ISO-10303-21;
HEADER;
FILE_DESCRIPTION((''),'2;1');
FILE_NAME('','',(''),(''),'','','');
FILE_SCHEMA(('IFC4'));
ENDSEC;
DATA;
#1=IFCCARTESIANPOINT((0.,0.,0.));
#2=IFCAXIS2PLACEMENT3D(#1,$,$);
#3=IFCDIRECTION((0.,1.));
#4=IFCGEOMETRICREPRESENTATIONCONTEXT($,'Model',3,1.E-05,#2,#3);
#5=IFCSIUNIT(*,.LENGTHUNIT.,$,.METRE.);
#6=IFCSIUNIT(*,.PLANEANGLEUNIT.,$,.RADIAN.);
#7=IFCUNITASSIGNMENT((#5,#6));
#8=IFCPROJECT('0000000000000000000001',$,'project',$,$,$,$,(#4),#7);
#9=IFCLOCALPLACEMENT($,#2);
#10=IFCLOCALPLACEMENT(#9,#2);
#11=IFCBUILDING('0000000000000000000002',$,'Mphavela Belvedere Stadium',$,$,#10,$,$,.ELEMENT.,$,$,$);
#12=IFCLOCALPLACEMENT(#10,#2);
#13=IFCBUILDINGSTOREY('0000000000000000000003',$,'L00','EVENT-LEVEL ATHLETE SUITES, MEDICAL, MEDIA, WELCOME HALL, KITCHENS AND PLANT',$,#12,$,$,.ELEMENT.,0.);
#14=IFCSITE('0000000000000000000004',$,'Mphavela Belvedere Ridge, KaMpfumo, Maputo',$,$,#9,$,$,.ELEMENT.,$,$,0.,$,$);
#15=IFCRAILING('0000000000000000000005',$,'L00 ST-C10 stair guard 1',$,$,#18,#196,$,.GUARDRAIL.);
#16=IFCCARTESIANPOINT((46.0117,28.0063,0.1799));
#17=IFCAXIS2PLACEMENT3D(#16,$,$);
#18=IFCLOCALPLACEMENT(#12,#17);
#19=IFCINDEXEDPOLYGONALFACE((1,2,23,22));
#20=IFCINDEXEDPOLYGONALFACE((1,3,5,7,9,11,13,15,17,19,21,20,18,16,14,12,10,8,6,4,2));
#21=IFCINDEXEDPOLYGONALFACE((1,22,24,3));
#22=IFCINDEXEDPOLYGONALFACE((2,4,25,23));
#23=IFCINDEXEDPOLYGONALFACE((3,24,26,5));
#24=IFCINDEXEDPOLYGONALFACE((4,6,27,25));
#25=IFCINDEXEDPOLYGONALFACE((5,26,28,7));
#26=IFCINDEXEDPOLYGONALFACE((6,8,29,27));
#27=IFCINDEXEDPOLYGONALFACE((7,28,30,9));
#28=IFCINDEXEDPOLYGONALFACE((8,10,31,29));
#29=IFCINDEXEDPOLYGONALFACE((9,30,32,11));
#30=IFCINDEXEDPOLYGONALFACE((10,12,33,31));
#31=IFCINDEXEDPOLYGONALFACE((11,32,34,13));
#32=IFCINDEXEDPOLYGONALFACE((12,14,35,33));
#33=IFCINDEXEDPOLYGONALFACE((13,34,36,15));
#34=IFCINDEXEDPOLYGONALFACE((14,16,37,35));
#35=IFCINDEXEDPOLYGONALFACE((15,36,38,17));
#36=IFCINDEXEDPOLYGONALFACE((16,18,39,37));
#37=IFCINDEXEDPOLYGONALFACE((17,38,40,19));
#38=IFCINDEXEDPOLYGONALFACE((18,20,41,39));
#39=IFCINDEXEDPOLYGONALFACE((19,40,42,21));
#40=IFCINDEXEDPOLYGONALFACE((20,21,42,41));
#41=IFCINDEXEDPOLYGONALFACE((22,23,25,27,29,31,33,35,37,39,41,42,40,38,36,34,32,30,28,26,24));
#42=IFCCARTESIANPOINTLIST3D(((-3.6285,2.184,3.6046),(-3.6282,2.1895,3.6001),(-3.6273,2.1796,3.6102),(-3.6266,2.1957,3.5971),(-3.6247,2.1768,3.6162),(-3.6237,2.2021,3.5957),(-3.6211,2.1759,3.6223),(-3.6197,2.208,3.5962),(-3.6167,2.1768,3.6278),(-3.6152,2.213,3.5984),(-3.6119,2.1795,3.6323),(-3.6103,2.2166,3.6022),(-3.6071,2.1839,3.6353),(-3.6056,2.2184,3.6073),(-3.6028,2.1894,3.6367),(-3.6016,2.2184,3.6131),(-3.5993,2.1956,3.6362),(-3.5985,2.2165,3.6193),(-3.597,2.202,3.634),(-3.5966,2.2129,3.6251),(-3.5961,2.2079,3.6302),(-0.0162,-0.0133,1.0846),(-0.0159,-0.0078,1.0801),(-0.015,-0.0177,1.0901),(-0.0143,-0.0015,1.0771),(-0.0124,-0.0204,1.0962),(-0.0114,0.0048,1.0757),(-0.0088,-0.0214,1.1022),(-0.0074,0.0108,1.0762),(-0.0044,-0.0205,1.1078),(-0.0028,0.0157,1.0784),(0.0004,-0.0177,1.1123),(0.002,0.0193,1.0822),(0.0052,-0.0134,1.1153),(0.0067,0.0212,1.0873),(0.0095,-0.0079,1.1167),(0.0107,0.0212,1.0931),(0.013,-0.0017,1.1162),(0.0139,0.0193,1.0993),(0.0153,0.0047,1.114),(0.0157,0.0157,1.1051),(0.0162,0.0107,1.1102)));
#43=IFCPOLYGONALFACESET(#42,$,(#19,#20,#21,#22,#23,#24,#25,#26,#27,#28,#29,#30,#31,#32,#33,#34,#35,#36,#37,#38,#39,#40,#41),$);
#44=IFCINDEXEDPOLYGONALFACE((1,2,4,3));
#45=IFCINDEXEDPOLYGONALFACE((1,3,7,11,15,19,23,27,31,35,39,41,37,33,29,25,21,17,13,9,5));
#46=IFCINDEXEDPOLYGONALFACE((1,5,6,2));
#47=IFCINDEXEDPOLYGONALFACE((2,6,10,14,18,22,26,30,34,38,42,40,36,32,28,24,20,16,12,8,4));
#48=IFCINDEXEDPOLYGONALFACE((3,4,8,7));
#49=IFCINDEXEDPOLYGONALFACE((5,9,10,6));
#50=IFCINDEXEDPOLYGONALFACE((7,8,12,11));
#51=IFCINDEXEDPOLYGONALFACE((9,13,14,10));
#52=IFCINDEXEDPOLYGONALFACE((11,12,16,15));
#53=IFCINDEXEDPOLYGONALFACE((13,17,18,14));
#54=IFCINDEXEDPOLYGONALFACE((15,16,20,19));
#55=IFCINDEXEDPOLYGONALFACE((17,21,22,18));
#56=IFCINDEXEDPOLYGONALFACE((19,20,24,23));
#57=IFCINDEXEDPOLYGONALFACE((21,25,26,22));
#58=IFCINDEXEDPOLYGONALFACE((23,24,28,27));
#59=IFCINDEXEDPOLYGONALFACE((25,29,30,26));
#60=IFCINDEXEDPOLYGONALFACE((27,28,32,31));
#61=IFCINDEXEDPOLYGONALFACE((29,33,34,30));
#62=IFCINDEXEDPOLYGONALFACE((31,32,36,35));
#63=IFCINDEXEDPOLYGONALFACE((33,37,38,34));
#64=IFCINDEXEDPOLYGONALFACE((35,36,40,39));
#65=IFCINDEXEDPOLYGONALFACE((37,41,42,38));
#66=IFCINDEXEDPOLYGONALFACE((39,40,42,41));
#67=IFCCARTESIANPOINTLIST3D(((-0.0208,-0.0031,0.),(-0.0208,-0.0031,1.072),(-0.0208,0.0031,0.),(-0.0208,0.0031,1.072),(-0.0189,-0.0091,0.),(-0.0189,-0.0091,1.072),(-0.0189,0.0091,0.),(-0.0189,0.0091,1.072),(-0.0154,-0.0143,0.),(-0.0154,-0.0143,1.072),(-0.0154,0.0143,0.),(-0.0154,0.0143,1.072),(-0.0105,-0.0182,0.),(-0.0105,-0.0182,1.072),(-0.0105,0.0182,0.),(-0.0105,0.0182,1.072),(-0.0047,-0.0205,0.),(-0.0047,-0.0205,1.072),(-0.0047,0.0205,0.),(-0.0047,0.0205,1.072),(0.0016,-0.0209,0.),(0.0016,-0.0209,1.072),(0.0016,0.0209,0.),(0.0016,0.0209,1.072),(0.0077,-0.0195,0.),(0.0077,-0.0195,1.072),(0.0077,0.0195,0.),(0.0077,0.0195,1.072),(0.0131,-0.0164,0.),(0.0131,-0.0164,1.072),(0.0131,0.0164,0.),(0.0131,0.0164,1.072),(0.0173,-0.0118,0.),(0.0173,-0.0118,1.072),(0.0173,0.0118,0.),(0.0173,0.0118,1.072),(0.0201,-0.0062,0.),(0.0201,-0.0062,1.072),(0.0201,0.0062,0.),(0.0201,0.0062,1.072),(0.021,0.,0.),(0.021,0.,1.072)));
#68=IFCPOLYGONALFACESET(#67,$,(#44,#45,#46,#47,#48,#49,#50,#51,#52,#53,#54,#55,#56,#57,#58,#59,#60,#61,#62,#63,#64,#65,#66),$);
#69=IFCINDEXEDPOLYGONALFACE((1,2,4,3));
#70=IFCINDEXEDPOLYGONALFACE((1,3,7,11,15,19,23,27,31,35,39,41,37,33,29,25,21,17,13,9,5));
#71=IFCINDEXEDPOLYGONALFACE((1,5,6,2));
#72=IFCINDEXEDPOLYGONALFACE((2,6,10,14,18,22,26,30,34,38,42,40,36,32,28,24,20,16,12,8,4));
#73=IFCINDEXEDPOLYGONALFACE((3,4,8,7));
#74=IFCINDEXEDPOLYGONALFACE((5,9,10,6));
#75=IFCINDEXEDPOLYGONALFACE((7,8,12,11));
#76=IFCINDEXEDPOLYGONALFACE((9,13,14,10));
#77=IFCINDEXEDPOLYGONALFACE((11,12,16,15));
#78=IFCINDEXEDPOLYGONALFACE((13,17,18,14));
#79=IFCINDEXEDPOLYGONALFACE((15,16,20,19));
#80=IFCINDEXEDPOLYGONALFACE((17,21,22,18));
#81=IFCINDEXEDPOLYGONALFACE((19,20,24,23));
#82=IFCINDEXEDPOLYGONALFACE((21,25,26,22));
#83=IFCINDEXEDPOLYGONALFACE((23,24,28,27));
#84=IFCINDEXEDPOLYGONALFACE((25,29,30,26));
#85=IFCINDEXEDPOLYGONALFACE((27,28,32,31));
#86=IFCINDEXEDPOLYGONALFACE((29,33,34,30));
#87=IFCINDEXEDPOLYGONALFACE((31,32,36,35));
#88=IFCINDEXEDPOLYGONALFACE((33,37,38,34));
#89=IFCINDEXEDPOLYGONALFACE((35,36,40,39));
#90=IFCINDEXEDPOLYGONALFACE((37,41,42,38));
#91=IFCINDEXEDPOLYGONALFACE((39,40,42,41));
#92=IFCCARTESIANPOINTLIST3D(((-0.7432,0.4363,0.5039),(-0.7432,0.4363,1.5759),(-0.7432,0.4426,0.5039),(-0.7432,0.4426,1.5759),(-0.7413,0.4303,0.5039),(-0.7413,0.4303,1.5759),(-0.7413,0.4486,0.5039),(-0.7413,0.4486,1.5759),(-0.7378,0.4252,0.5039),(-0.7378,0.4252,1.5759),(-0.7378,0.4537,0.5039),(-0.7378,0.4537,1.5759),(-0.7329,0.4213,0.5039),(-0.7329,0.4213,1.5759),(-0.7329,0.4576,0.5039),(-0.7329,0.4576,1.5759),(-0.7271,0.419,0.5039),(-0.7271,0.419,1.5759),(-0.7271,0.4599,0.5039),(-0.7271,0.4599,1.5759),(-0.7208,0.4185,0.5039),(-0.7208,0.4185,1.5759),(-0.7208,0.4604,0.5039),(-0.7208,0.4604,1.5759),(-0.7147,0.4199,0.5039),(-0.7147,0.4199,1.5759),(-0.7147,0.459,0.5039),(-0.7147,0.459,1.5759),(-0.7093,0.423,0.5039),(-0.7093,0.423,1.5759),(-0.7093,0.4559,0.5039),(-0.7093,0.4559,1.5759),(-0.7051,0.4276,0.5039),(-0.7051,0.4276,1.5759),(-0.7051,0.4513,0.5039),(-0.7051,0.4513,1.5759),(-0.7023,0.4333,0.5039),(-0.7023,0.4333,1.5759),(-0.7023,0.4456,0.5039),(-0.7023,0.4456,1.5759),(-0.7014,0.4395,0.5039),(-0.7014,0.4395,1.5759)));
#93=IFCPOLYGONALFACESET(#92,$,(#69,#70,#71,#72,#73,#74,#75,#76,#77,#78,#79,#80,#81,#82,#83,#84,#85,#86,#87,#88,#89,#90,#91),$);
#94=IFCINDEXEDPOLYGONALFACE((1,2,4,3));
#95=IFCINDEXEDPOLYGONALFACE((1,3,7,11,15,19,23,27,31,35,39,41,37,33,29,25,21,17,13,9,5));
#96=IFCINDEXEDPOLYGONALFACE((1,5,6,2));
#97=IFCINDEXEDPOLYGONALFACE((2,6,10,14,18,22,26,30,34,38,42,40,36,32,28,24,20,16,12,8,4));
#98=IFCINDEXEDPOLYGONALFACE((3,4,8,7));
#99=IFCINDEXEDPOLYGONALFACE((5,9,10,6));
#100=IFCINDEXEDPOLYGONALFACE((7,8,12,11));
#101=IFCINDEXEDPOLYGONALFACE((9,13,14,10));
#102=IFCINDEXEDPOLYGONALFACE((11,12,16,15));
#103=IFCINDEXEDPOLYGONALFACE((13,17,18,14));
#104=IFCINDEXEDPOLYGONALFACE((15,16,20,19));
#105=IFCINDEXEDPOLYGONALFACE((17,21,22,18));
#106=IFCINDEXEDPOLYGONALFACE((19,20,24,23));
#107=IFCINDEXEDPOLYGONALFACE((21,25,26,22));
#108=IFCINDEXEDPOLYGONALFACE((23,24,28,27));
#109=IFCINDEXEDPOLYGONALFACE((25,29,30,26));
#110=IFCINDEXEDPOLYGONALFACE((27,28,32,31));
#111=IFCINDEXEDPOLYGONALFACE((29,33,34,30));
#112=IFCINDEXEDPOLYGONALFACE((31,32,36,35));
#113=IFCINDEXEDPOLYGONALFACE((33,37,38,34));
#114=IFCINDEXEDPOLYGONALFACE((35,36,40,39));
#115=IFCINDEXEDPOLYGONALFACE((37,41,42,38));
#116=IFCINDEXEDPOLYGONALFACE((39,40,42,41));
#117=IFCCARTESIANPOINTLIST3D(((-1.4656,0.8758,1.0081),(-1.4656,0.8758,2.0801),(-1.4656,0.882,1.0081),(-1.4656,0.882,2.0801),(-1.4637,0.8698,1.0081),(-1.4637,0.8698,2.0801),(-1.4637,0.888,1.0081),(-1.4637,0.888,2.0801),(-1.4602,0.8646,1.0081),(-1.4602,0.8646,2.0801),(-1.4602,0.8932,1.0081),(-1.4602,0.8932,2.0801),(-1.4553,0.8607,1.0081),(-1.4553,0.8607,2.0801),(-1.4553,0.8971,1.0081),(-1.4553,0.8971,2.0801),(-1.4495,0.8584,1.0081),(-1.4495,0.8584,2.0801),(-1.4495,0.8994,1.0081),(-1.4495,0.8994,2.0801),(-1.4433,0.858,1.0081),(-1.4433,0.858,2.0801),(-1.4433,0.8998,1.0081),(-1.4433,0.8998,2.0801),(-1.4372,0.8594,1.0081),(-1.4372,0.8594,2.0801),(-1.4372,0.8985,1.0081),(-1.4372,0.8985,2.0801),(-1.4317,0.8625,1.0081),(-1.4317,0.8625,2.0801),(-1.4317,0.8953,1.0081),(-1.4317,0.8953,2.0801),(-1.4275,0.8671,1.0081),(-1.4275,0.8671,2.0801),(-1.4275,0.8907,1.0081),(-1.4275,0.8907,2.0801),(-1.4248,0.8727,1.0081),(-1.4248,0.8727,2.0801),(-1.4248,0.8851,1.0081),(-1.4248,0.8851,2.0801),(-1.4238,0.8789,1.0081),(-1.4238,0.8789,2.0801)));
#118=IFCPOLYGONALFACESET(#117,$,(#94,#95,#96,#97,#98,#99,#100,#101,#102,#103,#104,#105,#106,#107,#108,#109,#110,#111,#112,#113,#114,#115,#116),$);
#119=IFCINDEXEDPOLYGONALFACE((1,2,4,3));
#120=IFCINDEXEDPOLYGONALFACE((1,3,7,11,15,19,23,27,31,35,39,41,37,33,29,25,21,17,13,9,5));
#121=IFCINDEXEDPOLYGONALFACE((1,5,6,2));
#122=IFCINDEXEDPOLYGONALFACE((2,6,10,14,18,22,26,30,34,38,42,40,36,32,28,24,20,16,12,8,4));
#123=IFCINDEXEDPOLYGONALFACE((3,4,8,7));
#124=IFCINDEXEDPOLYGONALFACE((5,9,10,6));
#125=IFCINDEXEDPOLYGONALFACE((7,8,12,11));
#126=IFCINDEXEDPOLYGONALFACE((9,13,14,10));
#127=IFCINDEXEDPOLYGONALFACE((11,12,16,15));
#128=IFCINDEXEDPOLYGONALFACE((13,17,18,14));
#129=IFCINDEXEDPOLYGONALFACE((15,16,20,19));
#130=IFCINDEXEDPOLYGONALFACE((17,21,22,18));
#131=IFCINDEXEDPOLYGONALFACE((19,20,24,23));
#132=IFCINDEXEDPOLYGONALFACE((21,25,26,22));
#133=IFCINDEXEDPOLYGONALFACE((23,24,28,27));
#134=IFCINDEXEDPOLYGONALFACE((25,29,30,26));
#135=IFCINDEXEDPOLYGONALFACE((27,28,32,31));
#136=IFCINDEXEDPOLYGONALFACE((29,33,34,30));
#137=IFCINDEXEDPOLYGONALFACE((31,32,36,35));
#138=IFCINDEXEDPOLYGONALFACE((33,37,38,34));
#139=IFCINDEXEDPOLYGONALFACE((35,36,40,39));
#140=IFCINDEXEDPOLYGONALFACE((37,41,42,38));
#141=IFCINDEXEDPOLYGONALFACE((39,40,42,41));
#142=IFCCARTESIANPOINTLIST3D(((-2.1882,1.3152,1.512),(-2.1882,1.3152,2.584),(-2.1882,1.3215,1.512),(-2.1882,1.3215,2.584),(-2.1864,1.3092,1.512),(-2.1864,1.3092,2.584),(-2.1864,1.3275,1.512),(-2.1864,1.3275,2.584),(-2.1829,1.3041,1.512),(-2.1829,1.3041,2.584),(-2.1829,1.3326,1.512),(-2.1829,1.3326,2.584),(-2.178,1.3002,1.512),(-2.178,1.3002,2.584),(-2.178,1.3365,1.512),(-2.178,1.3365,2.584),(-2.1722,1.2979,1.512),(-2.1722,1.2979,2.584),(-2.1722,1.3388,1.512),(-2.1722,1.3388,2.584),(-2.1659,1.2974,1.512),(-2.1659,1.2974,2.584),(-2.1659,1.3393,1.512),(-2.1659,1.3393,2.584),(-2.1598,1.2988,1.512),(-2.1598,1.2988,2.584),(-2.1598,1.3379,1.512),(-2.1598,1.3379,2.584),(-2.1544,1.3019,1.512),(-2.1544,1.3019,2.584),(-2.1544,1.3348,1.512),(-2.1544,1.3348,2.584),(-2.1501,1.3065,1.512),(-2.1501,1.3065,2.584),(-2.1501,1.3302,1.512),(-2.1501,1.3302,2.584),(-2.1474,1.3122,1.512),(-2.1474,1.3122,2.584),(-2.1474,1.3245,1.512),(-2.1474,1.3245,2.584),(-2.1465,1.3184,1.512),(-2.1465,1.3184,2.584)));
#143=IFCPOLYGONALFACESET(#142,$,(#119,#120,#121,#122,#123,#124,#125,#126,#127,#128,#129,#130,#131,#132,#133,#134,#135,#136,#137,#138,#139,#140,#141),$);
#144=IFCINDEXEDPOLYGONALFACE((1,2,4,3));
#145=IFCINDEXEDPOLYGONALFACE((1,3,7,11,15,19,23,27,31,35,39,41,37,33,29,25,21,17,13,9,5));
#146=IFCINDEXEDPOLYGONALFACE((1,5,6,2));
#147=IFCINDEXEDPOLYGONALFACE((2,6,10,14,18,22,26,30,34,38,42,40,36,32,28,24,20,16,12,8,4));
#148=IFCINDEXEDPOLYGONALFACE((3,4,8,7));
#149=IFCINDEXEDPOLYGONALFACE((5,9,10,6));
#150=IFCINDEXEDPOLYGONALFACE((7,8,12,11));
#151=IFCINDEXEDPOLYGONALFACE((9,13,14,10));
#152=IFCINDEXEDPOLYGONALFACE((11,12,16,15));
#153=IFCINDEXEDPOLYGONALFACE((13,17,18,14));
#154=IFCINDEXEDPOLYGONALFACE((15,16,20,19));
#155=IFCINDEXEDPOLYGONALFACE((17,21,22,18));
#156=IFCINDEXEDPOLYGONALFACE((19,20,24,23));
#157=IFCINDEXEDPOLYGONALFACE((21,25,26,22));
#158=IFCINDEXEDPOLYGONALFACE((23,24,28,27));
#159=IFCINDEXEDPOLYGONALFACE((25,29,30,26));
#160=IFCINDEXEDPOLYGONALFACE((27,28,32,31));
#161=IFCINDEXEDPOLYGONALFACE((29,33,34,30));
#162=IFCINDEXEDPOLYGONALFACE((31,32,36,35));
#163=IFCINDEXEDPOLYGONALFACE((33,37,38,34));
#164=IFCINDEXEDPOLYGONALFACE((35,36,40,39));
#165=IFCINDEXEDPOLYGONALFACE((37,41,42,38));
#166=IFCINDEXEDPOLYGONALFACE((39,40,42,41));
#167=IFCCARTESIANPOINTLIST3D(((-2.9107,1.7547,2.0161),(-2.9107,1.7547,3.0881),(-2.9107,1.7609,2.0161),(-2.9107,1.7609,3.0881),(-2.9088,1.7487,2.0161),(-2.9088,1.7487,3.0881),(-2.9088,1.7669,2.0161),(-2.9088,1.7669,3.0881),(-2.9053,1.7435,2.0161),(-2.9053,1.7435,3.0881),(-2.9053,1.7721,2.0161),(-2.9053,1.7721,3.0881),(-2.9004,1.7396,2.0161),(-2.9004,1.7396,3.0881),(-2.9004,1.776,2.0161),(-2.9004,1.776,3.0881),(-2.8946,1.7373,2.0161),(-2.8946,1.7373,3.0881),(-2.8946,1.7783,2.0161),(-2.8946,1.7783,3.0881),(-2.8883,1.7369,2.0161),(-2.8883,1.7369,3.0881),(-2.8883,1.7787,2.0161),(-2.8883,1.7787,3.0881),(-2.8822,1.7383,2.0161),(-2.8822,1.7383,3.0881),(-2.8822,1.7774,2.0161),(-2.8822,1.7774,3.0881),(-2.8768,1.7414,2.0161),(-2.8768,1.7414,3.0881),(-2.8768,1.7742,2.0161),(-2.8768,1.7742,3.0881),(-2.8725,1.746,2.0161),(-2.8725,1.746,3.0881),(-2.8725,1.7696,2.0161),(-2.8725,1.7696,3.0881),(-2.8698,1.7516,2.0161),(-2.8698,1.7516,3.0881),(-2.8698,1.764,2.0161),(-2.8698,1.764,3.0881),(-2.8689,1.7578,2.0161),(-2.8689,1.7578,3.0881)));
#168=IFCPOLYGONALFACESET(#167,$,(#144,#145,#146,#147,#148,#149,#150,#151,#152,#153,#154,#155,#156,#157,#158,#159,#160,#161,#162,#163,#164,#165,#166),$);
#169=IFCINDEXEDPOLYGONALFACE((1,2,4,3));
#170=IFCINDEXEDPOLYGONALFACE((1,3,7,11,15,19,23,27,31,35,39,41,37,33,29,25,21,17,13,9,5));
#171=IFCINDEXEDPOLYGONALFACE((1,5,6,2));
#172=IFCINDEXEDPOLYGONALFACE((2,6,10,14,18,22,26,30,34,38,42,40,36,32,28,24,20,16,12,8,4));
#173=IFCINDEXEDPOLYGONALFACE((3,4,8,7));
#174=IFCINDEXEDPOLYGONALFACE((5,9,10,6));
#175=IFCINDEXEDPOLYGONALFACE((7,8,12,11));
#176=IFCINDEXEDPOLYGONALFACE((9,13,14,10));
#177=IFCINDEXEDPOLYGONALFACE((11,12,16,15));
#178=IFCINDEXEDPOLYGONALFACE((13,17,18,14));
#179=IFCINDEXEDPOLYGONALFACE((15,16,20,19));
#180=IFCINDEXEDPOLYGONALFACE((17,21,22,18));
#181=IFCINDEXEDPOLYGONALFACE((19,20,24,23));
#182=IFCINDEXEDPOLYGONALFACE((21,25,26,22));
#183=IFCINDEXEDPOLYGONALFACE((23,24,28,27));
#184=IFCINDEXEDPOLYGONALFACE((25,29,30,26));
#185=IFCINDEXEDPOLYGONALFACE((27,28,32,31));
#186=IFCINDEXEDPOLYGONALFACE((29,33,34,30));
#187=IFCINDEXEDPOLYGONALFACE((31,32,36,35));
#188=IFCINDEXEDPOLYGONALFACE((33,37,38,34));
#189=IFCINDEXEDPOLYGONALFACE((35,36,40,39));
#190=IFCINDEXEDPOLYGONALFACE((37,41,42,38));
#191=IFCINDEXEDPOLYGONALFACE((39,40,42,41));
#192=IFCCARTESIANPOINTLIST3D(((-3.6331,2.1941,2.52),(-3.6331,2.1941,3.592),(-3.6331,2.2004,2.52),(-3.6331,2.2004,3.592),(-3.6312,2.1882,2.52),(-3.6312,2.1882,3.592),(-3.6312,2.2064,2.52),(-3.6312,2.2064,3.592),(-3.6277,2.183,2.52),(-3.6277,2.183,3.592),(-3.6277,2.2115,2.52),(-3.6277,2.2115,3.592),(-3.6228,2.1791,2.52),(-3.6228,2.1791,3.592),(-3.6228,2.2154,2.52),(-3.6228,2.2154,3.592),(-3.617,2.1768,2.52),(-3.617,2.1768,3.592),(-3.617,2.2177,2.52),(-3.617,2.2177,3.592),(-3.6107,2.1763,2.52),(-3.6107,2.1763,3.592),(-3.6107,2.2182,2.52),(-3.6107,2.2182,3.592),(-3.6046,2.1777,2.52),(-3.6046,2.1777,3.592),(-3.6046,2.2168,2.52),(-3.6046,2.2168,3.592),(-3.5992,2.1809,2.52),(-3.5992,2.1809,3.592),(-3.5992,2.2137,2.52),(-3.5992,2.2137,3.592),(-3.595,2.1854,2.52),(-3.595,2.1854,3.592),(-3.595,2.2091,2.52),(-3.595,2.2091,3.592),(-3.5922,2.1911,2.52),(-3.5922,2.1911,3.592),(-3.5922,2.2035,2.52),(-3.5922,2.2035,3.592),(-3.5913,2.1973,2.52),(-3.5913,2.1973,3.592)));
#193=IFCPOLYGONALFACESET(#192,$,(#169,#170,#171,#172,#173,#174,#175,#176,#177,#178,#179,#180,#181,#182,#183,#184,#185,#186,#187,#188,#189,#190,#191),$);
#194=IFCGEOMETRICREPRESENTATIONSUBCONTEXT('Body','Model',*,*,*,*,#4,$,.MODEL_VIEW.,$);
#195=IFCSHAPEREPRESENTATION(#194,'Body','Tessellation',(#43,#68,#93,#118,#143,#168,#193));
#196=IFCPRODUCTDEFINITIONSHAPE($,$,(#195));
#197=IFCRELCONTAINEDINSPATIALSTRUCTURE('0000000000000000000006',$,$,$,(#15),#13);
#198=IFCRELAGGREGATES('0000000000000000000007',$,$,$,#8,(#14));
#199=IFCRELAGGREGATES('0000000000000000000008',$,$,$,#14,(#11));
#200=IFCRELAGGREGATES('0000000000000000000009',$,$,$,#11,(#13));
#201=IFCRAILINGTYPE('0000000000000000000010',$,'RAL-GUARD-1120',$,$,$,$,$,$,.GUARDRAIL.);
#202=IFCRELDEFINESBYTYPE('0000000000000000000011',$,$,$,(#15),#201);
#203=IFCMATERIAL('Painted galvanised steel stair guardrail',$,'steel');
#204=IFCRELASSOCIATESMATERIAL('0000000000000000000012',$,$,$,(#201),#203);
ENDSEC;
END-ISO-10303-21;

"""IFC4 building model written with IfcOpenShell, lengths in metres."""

from ifc_helpers import new_model, si_unit, direction, frame, origin, origin_2d, place, context, subcontext, project, spatial, circle, extrude, material, type_object, element, save


model = new_model("IFC4")

# Units and contexts
model_context = context("Model", 3, precision=1e-05, world=origin(), true_north=direction((0.0, 1.0)))
body_context = subcontext(model_context, "Body", "Model", "MODEL_VIEW")
ifc_project = project(units=[si_unit("LENGTHUNIT", "METRE"), si_unit("PLANEANGLEUNIT", "RADIAN")], contexts=[model_context])

# Site, building, storey
site_placement = place(None, origin())
site = spatial("IfcSite", under=ifc_project, at=site_placement, Name="Mphavela Belvedere Ridge, KaMpfumo, Maputo", CompositionType="ELEMENT", RefElevation=0.0)
building_placement = place(site_placement, origin())
building = spatial("IfcBuilding", under=site, at=building_placement, Name="Mphavela Belvedere Stadium", CompositionType="ELEMENT")
storey_placement = place(building_placement, origin())
storey = spatial("IfcBuildingStorey", under=building, at=storey_placement, Name="L00", Description="EVENT-LEVEL ATHLETE SUITES, MEDICAL, MEDIA, WELCOME HALL, KITCHENS AND PLANT", CompositionType="ELEMENT", Elevation=0.0)

# Railing
ifc_material_1 = material(Name="Painted galvanised steel stair guardrail", Category="steel")
railing_type = type_object("IfcRailingType", Name="RAL-GUARD-1120", PredefinedType="GUARDRAIL", material=ifc_material_1)
railing_1_placement = place(storey_placement, frame((46.0117, 28.0063, 0.1799)))
element("IfcRailing", 1, at=railing_1_placement, inside=storey, type_object=railing_type, Name="L00 ST-C10 stair guard 1", PredefinedType="GUARDRAIL", context=body_context, shape_type="SweptSolid", body=[
    extrude(circle(Radius=0.0239, at=origin_2d()), frame((0.0, 0.0, 1.0962), z_axis=(-0.733893, 0.446407, 0.511979), x_axis=(-0.519683, -0.854359, 0.0)), (0.0, 0.0, 1.0), 4.9221),
    extrude(circle(Radius=0.021, at=origin_2d()), origin(), (0.0, 0.0, 1.0), 1.072),
    extrude(circle(Radius=0.021, at=origin_2d()), frame((-0.7224, 0.4395, 0.5039)), (0.0, 0.0, 1.0), 1.072),
    extrude(circle(Radius=0.021, at=origin_2d()), frame((-1.4448, 0.8789, 1.0081)), (0.0, 0.0, 1.0), 1.072),
    extrude(circle(Radius=0.021, at=origin_2d()), frame((-2.1675, 1.3184, 1.512)), (0.0, 0.0, 1.0), 1.072),
    extrude(circle(Radius=0.021, at=origin_2d()), frame((-2.8899, 1.7578, 2.0161)), (0.0, 0.0, 1.0), 1.072),
    extrude(circle(Radius=0.021, at=origin_2d()), frame((-3.6123, 2.1973, 2.52)), (0.0, 0.0, 1.0), 1.072),
])

save(model, "model.ifc")
